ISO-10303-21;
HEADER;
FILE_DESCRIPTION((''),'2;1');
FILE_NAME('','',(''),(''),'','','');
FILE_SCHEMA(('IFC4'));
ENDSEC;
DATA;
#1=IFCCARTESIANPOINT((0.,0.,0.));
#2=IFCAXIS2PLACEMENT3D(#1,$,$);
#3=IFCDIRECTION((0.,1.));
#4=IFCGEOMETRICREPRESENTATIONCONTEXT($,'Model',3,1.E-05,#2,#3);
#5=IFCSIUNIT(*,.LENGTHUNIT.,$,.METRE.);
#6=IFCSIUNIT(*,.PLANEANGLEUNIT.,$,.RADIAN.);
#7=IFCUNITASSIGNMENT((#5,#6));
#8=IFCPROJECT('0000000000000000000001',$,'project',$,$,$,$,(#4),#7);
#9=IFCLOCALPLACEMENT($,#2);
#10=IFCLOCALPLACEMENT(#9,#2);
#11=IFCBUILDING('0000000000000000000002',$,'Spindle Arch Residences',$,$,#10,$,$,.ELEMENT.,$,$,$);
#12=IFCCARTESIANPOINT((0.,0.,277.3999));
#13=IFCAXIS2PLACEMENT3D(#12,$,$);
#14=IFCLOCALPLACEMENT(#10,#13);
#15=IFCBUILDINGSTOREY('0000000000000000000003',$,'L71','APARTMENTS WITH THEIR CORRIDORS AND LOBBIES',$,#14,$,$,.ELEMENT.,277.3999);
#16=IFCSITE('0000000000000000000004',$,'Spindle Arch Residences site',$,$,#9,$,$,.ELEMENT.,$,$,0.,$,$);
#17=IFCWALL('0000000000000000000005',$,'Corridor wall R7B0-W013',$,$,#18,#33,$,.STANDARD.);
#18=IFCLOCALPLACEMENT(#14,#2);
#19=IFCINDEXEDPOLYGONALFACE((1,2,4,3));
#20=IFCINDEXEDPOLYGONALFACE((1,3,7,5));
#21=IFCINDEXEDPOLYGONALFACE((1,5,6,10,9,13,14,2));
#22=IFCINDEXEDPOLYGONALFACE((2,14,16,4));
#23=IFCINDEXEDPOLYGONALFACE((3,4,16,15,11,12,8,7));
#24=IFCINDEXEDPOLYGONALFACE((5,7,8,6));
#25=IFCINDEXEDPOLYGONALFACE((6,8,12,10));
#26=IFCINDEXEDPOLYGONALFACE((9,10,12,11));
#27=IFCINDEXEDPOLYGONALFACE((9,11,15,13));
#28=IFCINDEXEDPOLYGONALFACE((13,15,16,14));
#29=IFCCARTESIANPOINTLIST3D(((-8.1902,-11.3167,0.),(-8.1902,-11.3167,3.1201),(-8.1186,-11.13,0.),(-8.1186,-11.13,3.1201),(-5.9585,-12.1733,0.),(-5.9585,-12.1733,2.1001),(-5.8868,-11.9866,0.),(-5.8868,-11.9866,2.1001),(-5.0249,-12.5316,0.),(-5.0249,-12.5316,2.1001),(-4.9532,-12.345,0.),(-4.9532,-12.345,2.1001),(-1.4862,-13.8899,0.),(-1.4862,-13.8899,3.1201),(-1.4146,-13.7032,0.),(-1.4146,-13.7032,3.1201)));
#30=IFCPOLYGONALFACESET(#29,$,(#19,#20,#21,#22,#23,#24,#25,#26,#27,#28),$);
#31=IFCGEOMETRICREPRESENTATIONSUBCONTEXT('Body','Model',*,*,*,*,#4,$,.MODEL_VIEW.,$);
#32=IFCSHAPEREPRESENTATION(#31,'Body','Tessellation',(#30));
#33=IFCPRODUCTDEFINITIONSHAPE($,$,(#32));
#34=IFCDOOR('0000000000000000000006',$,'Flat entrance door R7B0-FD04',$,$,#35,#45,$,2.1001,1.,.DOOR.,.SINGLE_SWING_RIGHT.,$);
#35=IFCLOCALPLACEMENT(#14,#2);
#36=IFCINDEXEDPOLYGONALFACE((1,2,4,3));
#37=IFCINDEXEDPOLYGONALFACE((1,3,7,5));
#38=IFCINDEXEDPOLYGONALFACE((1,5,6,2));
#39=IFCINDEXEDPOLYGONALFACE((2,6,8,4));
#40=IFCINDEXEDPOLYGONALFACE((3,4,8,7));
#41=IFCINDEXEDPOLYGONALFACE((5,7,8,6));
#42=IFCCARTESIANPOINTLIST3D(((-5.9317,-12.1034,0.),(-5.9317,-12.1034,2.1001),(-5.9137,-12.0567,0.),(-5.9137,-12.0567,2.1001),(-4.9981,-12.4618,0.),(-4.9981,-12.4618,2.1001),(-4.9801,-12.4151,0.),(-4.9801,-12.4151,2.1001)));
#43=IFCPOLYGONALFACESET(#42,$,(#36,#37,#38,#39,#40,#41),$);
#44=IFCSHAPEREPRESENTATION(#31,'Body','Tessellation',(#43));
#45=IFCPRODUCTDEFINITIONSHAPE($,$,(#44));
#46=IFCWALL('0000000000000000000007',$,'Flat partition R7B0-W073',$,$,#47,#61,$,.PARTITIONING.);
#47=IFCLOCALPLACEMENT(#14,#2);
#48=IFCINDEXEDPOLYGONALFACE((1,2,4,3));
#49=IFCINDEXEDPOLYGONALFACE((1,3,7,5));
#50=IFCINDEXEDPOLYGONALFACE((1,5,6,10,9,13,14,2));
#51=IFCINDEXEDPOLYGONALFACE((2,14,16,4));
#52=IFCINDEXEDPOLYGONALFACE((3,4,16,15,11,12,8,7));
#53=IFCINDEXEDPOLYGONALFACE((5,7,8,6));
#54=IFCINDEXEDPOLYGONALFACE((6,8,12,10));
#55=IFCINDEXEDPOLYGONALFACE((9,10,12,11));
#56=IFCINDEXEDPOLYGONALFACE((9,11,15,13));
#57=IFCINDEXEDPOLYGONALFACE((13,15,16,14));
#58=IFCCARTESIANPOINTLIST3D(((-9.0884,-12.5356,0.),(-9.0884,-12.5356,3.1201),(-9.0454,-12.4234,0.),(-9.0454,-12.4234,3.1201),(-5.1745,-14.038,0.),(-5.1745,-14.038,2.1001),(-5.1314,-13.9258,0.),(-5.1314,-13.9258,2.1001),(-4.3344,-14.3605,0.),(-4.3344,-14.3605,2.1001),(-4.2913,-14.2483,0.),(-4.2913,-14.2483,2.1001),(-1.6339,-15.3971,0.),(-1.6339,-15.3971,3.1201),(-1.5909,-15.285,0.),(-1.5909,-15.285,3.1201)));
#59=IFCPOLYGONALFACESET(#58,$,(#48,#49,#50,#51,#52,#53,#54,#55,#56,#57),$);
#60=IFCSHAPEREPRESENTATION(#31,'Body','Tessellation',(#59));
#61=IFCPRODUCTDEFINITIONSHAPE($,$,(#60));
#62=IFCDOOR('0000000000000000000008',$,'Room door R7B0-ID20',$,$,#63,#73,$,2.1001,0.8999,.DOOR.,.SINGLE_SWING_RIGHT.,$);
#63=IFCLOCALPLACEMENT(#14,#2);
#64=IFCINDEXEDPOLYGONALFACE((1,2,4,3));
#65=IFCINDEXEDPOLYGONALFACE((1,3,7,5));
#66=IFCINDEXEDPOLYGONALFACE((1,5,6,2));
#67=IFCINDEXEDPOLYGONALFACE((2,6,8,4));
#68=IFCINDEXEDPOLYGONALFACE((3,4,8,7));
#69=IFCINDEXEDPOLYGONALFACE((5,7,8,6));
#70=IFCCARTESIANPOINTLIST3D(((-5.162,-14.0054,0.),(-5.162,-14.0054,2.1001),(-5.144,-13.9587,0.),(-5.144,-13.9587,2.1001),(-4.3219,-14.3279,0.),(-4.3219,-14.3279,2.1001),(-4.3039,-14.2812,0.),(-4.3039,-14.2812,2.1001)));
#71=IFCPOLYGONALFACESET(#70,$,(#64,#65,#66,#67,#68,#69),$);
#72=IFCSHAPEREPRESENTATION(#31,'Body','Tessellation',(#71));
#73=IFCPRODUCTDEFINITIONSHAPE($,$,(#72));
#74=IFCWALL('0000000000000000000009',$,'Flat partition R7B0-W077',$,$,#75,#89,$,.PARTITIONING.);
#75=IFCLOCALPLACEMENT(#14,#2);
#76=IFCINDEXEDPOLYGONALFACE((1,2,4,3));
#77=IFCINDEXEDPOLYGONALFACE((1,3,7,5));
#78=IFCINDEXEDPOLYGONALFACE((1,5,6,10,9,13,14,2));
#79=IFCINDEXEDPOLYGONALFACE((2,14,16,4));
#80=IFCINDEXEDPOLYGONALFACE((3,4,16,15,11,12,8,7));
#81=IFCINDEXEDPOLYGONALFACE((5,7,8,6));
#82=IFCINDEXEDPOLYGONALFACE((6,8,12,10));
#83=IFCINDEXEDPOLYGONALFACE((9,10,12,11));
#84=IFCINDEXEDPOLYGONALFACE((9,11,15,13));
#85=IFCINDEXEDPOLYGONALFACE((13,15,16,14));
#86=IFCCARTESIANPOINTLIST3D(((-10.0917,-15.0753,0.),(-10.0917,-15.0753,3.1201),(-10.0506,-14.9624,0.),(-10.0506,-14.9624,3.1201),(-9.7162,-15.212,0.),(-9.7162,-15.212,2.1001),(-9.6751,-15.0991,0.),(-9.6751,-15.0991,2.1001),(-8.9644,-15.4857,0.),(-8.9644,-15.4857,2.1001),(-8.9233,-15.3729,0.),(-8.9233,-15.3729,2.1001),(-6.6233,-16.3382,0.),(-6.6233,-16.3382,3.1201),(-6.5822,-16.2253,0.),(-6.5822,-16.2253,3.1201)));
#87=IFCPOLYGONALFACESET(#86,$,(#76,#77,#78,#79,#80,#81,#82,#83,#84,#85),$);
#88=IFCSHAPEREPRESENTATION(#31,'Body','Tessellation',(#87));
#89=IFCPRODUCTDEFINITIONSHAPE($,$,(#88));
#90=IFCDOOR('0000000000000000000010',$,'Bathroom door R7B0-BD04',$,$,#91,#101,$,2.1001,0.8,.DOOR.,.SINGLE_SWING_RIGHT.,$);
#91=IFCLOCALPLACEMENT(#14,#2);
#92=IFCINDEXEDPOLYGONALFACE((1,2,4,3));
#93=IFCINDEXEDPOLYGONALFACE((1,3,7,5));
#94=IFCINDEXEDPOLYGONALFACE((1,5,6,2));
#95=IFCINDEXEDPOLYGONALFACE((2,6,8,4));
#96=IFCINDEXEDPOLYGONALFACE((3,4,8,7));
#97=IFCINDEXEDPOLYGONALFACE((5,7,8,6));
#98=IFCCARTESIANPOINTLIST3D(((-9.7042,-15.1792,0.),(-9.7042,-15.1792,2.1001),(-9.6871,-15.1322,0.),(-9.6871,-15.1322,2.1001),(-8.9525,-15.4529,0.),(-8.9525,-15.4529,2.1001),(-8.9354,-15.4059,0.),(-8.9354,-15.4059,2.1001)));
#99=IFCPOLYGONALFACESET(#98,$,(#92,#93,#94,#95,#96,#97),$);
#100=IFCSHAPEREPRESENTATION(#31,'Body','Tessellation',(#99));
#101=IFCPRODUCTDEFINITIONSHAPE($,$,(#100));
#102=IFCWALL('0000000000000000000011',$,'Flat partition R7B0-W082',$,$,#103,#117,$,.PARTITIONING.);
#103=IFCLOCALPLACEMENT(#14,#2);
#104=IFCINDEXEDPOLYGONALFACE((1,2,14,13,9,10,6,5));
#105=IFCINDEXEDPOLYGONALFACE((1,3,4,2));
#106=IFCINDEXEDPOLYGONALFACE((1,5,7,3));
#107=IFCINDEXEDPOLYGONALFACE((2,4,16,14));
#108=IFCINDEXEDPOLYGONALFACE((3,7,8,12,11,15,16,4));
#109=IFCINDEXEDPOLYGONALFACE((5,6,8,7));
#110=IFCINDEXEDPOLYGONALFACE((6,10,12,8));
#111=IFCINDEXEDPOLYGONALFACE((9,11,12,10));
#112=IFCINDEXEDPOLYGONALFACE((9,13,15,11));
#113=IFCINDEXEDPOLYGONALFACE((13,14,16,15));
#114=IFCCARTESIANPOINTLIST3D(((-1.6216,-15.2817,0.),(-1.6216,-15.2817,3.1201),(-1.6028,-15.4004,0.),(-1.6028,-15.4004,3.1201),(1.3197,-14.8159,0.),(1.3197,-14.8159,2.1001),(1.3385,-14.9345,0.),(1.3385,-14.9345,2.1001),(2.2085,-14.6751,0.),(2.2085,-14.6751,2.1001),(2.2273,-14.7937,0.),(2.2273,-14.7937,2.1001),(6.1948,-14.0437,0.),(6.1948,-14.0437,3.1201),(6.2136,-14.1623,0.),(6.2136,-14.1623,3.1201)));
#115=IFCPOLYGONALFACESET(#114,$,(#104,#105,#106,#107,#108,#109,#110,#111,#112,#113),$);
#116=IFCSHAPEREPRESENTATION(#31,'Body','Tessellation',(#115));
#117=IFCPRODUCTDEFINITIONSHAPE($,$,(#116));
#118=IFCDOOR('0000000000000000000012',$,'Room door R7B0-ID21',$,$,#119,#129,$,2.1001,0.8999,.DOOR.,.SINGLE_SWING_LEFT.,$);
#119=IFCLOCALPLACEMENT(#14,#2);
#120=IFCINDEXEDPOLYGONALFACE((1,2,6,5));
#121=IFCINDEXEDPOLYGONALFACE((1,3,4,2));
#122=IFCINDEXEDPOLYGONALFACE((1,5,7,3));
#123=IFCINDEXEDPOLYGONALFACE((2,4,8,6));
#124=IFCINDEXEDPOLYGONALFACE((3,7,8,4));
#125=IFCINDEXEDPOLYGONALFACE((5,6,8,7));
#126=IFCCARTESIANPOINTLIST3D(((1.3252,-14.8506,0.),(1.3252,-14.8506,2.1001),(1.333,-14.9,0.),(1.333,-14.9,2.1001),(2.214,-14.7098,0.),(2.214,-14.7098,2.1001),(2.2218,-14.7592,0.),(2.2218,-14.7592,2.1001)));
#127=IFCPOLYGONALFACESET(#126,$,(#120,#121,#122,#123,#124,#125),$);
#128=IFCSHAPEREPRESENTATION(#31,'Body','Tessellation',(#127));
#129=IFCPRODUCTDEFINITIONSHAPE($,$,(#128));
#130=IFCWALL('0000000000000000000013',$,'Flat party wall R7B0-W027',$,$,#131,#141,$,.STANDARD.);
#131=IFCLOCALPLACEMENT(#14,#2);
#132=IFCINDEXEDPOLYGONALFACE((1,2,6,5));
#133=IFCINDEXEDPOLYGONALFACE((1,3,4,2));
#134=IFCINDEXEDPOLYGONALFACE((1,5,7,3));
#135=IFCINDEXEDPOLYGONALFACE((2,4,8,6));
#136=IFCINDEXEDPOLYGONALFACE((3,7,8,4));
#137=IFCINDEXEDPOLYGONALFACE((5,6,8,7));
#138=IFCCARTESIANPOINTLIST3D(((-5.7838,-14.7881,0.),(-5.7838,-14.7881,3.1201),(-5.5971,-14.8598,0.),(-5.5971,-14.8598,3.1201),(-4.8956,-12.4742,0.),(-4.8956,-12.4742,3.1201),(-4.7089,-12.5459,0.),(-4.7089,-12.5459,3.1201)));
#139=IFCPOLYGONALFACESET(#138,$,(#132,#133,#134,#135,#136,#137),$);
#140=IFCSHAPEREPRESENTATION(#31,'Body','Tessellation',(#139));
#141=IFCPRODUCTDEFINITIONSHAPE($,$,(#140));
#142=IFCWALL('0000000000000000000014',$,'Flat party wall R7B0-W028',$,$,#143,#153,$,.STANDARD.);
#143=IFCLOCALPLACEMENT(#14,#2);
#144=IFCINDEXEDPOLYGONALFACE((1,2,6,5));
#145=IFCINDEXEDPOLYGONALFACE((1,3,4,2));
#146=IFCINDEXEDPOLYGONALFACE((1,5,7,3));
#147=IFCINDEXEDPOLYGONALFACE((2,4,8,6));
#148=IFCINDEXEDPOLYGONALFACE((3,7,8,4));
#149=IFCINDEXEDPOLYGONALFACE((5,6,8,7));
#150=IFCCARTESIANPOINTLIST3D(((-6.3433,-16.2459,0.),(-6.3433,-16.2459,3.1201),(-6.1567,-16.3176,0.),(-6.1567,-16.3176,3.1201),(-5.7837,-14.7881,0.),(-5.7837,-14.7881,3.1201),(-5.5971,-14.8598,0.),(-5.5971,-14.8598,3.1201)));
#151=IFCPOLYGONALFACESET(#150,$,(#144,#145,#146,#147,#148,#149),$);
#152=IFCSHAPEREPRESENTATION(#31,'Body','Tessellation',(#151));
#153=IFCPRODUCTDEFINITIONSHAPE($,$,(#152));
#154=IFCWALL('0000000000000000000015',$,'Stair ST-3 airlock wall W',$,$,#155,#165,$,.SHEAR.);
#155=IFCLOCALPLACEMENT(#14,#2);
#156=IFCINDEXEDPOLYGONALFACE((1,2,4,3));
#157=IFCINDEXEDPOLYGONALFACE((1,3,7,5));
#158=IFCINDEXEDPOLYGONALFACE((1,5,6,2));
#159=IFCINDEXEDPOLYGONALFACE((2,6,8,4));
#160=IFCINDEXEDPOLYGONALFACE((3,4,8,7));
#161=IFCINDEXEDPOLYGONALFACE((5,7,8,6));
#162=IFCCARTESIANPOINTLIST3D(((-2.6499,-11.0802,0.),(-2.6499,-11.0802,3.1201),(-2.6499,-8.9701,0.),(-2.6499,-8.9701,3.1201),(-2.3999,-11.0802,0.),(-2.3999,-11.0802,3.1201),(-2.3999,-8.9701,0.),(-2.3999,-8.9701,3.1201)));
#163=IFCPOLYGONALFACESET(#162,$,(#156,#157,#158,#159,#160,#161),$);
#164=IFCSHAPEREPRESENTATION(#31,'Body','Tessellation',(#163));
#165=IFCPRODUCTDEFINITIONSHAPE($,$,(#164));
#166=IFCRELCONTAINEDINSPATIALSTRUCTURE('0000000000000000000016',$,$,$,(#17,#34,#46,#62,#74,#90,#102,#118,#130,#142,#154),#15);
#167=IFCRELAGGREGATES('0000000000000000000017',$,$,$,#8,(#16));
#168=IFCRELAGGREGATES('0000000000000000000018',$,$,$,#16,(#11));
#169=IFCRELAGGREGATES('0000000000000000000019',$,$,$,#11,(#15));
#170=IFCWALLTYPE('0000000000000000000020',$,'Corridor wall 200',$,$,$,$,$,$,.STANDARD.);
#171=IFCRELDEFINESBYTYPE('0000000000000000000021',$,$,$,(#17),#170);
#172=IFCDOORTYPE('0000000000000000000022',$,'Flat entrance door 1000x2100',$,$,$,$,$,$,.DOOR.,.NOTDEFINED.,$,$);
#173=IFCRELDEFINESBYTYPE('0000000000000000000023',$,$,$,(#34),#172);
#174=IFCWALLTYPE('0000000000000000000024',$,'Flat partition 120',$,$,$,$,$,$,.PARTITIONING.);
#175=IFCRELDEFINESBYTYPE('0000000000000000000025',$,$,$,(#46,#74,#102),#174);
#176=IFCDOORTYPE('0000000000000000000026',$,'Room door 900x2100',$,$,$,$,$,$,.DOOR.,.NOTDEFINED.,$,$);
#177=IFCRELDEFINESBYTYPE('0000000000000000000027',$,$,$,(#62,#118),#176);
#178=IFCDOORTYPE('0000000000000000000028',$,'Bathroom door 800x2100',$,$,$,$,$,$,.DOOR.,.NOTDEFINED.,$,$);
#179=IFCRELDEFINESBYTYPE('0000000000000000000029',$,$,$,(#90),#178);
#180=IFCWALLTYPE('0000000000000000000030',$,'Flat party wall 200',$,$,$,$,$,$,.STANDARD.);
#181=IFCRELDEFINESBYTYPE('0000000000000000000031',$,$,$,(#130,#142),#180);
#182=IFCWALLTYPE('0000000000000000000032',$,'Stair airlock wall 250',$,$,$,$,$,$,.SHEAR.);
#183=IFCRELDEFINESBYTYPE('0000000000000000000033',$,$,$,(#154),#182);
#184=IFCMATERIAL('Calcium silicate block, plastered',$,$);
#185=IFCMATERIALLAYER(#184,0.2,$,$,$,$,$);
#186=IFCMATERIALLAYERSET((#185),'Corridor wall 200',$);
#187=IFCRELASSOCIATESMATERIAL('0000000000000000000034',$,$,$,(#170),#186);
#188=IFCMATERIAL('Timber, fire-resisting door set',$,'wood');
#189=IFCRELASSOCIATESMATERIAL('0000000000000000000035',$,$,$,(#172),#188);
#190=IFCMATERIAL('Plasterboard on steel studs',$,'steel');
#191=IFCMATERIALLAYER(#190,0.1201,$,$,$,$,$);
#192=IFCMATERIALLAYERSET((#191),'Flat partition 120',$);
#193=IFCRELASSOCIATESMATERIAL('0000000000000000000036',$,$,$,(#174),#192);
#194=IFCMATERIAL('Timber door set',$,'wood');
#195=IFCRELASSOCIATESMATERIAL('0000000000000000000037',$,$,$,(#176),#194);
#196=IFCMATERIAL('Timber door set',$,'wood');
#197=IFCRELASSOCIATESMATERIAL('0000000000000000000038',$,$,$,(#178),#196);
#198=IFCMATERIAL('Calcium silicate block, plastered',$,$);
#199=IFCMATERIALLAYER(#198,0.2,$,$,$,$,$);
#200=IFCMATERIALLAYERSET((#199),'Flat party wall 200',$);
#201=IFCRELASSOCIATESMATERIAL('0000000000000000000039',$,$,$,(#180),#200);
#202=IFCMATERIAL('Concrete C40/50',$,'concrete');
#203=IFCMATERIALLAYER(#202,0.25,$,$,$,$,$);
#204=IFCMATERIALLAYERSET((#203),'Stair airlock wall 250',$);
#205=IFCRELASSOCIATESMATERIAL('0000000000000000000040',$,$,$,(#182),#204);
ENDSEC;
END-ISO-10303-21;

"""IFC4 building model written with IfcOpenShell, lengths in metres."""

from ifc_helpers import new_model, si_unit, direction, frame, frame_2d, origin, place, context, subcontext, project, spatial, rectangle, extrude, material, layer, layer_set, type_object, element, fill, save


model = new_model("IFC4")

# Units and contexts
model_context = context("Model", 3, precision=1e-05, world=origin(), true_north=direction((0.0, 1.0)))
body_context = subcontext(model_context, "Body", "Model", "MODEL_VIEW")
ifc_project = project(units=[si_unit("LENGTHUNIT", "METRE"), si_unit("PLANEANGLEUNIT", "RADIAN")], contexts=[model_context])

# Site, building, storey
site_placement = place(None, origin())
site = spatial("IfcSite", under=ifc_project, at=site_placement, Name="Spindle Arch Residences site", CompositionType="ELEMENT", RefElevation=0.0)
building_placement = place(site_placement, origin())
building = spatial("IfcBuilding", under=site, at=building_placement, Name="Spindle Arch Residences", CompositionType="ELEMENT")
storey_placement = place(building_placement, frame((0.0, 0.0, 277.3999)))
storey = spatial("IfcBuildingStorey", under=building, at=storey_placement, Name="L71", Description="APARTMENTS WITH THEIR CORRIDORS AND LOBBIES", CompositionType="ELEMENT", Elevation=277.3999)

# Walls, openings, doors
ifc_material_1 = material(Name="Calcium silicate block, plastered")
ifc_layer_1 = layer(ifc_material_1, 0.2)
ifc_layer_set_1 = layer_set([ifc_layer_1], Name="Corridor wall 200")
wall_type_1 = type_object("IfcWallType", Name="Corridor wall 200", PredefinedType="STANDARD", material=ifc_layer_set_1)
wall_1_placement = place(storey_placement, frame((-8.1543, -11.2234, 0.0), z_axis=(0.0, 0.0, 1.0), x_axis=(0.933591, -0.358341, 0.0)))
wall_1 = element("IfcWall", 1, at=wall_1_placement, inside=storey, type_object=wall_type_1, Name="Corridor wall R7B0-W013", PredefinedType="STANDARD", context=body_context, shape_type="SweptSolid", body=[
    extrude(rectangle(XDim=7.1809, YDim=0.2, at=frame_2d((3.5903, 0.0))), origin(), (0.0, 0.0, 1.0), 3.1201),
])
opening_1_placement = place(wall_1_placement, frame((2.3904, 0.0, 0.0)))
opening_1 = element("IfcOpeningElement", 2, at=opening_1_placement, cuts=wall_1, PredefinedType="OPENING", context=body_context, shape_type="SweptSolid", body=[
    extrude(rectangle(XDim=1.0, YDim=2.1001, at=frame_2d((0.5, 1.05))), frame((0.0, 0.1099, 0.0), z_axis=(0.0, -1.0, 0.0), x_axis=(1.0, 0.0, 0.0)), (0.0, 0.0, 1.0), 0.22),
])
ifc_material_2 = material(Name="Timber, fire-resisting door set", Category="wood")
door_type_1 = type_object("IfcDoorType", Name="Flat entrance door 1000x2100", OperationType="NOTDEFINED", PredefinedType="DOOR", material=ifc_material_2)
door_1_placement = place(opening_1_placement, origin())
door_1 = element("IfcDoor", 3, at=door_1_placement, inside=storey, type_object=door_type_1, Name="Flat entrance door R7B0-FD04", OperationType="SINGLE_SWING_RIGHT", OverallHeight=2.1001, OverallWidth=1.0, PredefinedType="DOOR", context=body_context, shape_type="SweptSolid", body=[
    extrude(rectangle(XDim=1.0, YDim=2.1001, at=frame_2d((0.5, 1.05))), frame((0.0, 0.0249, 0.0), z_axis=(0.0, -1.0, 0.0), x_axis=(1.0, 0.0, 0.0)), (0.0, 0.0, 1.0), 0.05),
])
fill(opening_1, door_1)
ifc_material_3 = material(Name="Plasterboard on steel studs", Category="steel")
ifc_layer_2 = layer(ifc_material_3, 0.1201)
ifc_layer_set_2 = layer_set([ifc_layer_2], Name="Flat partition 120")
wall_type_2 = type_object("IfcWallType", Name="Flat partition 120", PredefinedType="PARTITIONING", material=ifc_layer_set_2)
wall_2_placement = place(storey_placement, frame((-9.0669, -12.4795, 0.0), z_axis=(0.0, 0.0, 1.0), x_axis=(0.933579, -0.35837, 0.0)))
wall_2 = element("IfcWall", 4, at=wall_2_placement, inside=storey, type_object=wall_type_2, Name="Flat partition R7B0-W073", PredefinedType="PARTITIONING", context=body_context, shape_type="SweptSolid", body=[
    extrude(rectangle(XDim=7.9849, YDim=0.1201, at=frame_2d((3.9924, 0.0))), origin(), (0.0, 0.0, 1.0), 3.1201),
])
opening_2_placement = place(wall_2_placement, frame((4.1924, 0.0, 0.0)))
opening_2 = element("IfcOpeningElement", 5, at=opening_2_placement, cuts=wall_2, PredefinedType="OPENING", context=body_context, shape_type="SweptSolid", body=[
    extrude(rectangle(XDim=0.8999, YDim=2.1001, at=frame_2d((0.45, 1.05))), frame((0.0, 0.0701, 0.0), z_axis=(0.0, -1.0, 0.0), x_axis=(1.0, 0.0, 0.0)), (0.0, 0.0, 1.0), 0.1401),
])
ifc_material_4 = material(Name="Timber door set", Category="wood")
door_type_2 = type_object("IfcDoorType", Name="Room door 900x2100", OperationType="NOTDEFINED", PredefinedType="DOOR", material=ifc_material_4)
door_2_placement = place(opening_2_placement, origin())
door_2 = element("IfcDoor", 6, at=door_2_placement, inside=storey, type_object=door_type_2, Name="Room door R7B0-ID20", OperationType="SINGLE_SWING_RIGHT", OverallHeight=2.1001, OverallWidth=0.8999, PredefinedType="DOOR", context=body_context, shape_type="SweptSolid", body=[
    extrude(rectangle(XDim=0.8999, YDim=2.1001, at=frame_2d((0.45, 1.05))), frame((0.0, 0.0249, 0.0), z_axis=(0.0, -1.0, 0.0), x_axis=(1.0, 0.0, 0.0)), (0.0, 0.0, 1.0), 0.05),
])
fill(opening_2, door_2)
wall_3_placement = place(storey_placement, frame((-10.0713, -15.0188, 0.0), z_axis=(0.0, 0.0, 1.0), x_axis=(0.939649, -0.342141, 0.0)))
wall_3 = element("IfcWall", 7, at=wall_3_placement, inside=storey, type_object=wall_type_2, Name="Flat partition R7B0-W077", PredefinedType="PARTITIONING", context=body_context, shape_type="SweptSolid", body=[
    extrude(rectangle(XDim=3.6912, YDim=0.1201, at=frame_2d((1.8457, 0.0))), origin(), (0.0, 0.0, 1.0), 3.1201),
])
opening_3_placement = place(wall_3_placement, frame((0.3999, 0.0, 0.0)))
opening_3 = element("IfcOpeningElement", 8, at=opening_3_placement, cuts=wall_3, PredefinedType="OPENING", context=body_context, shape_type="SweptSolid", body=[
    extrude(rectangle(XDim=0.8, YDim=2.1001, at=frame_2d((0.3999, 1.05))), frame((0.0, 0.0701, 0.0), z_axis=(0.0, -1.0, 0.0), x_axis=(1.0, 0.0, 0.0)), (0.0, 0.0, 1.0), 0.1401),
])
ifc_material_5 = material(Name="Timber door set", Category="wood")
door_type_3 = type_object("IfcDoorType", Name="Bathroom door 800x2100", OperationType="NOTDEFINED", PredefinedType="DOOR", material=ifc_material_5)
door_3_placement = place(opening_3_placement, origin())
door_3 = element("IfcDoor", 9, at=door_3_placement, inside=storey, type_object=door_type_3, Name="Bathroom door R7B0-BD04", OperationType="SINGLE_SWING_RIGHT", OverallHeight=2.1001, OverallWidth=0.8, PredefinedType="DOOR", context=body_context, shape_type="SweptSolid", body=[
    extrude(rectangle(XDim=0.8, YDim=2.1001, at=frame_2d((0.3999, 1.05))), frame((0.0, 0.0249, 0.0), z_axis=(0.0, -1.0, 0.0), x_axis=(1.0, 0.0, 0.0)), (0.0, 0.0, 1.0), 0.05),
])
fill(opening_3, door_3)
wall_4_placement = place(storey_placement, frame((-1.6123, -15.3411, 0.0), z_axis=(0.0, 0.0, 1.0), x_axis=(0.987688, 0.156439, 0.0)))
wall_4 = element("IfcWall", 10, at=wall_4_placement, inside=storey, type_object=wall_type_2, Name="Flat partition R7B0-W082", PredefinedType="PARTITIONING", context=body_context, shape_type="SweptSolid", body=[
    extrude(rectangle(XDim=7.9138, YDim=0.1201, at=frame_2d((3.957, 0.0))), origin(), (0.0, 0.0, 1.0), 3.1201),
])
opening_4_placement = place(wall_4_placement, frame((2.978, 0.0, 0.0)))
opening_4 = element("IfcOpeningElement", 11, at=opening_4_placement, cuts=wall_4, PredefinedType="OPENING", context=body_context, shape_type="SweptSolid", body=[
    extrude(rectangle(XDim=0.8999, YDim=2.1001, at=frame_2d((0.45, 1.05))), frame((0.0, 0.0701, 0.0), z_axis=(0.0, -1.0, 0.0), x_axis=(1.0, 0.0, 0.0)), (0.0, 0.0, 1.0), 0.1401),
])
door_4_placement = place(opening_4_placement, origin())
door_4 = element("IfcDoor", 12, at=door_4_placement, inside=storey, type_object=door_type_2, Name="Room door R7B0-ID21", OperationType="SINGLE_SWING_LEFT", OverallHeight=2.1001, OverallWidth=0.8999, PredefinedType="DOOR", context=body_context, shape_type="SweptSolid", body=[
    extrude(rectangle(XDim=0.8999, YDim=2.1001, at=frame_2d((0.45, 1.05))), frame((0.0, 0.0249, 0.0), z_axis=(0.0, -1.0, 0.0), x_axis=(1.0, 0.0, 0.0)), (0.0, 0.0, 1.0), 0.05),
])
fill(opening_4, door_4)

# Walls
ifc_material_6 = material(Name="Calcium silicate block, plastered")
ifc_layer_3 = layer(ifc_material_6, 0.2)
ifc_layer_set_3 = layer_set([ifc_layer_3], Name="Flat party wall 200")
wall_type_3 = type_object("IfcWallType", Name="Flat party wall 200", PredefinedType="STANDARD", material=ifc_layer_set_3)
wall_5_placement = place(storey_placement, frame((-5.6904, -14.824, 0.0), z_axis=(0.0, 0.0, 1.0), x_axis=(0.358345, 0.933589, 0.0)))
element("IfcWall", 13, at=wall_5_placement, inside=storey, type_object=wall_type_3, Name="Flat party wall R7B0-W027", PredefinedType="STANDARD", context=body_context, shape_type="SweptSolid", body=[
    extrude(rectangle(XDim=2.4785, YDim=0.2, at=frame_2d((1.2393, 0.0))), origin(), (0.0, 0.0, 1.0), 3.1201),
])
wall_6_placement = place(storey_placement, frame((-6.25, -16.2817, 0.0), z_axis=(0.0, 0.0, 1.0), x_axis=(0.358361, 0.933583, 0.0)))
element("IfcWall", 14, at=wall_6_placement, inside=storey, type_object=wall_type_3, Name="Flat party wall R7B0-W028", PredefinedType="STANDARD", context=body_context, shape_type="SweptSolid", body=[
    extrude(rectangle(XDim=1.5615, YDim=0.2, at=frame_2d((0.7808, 0.0))), origin(), (0.0, 0.0, 1.0), 3.1201),
])
ifc_material_7 = material(Name="Concrete C40/50", Category="concrete")
ifc_layer_4 = layer(ifc_material_7, 0.25)
ifc_layer_set_4 = layer_set([ifc_layer_4], Name="Stair airlock wall 250")
wall_type_4 = type_object("IfcWallType", Name="Stair airlock wall 250", PredefinedType="SHEAR", material=ifc_layer_set_4)
wall_7_placement = place(storey_placement, frame((-2.5249, -8.97, 0.0), z_axis=(0.0, 0.0, 1.0), x_axis=(0.0, -1.0, 0.0)))
element("IfcWall", 15, at=wall_7_placement, inside=storey, type_object=wall_type_4, Name="Stair ST-3 airlock wall W", PredefinedType="SHEAR", context=body_context, shape_type="SweptSolid", body=[
    extrude(rectangle(XDim=2.1101, YDim=0.25, at=frame_2d((1.0552, 0.0))), origin(), (0.0, 0.0, 1.0), 3.1201),
])

save(model, "model.ifc")
